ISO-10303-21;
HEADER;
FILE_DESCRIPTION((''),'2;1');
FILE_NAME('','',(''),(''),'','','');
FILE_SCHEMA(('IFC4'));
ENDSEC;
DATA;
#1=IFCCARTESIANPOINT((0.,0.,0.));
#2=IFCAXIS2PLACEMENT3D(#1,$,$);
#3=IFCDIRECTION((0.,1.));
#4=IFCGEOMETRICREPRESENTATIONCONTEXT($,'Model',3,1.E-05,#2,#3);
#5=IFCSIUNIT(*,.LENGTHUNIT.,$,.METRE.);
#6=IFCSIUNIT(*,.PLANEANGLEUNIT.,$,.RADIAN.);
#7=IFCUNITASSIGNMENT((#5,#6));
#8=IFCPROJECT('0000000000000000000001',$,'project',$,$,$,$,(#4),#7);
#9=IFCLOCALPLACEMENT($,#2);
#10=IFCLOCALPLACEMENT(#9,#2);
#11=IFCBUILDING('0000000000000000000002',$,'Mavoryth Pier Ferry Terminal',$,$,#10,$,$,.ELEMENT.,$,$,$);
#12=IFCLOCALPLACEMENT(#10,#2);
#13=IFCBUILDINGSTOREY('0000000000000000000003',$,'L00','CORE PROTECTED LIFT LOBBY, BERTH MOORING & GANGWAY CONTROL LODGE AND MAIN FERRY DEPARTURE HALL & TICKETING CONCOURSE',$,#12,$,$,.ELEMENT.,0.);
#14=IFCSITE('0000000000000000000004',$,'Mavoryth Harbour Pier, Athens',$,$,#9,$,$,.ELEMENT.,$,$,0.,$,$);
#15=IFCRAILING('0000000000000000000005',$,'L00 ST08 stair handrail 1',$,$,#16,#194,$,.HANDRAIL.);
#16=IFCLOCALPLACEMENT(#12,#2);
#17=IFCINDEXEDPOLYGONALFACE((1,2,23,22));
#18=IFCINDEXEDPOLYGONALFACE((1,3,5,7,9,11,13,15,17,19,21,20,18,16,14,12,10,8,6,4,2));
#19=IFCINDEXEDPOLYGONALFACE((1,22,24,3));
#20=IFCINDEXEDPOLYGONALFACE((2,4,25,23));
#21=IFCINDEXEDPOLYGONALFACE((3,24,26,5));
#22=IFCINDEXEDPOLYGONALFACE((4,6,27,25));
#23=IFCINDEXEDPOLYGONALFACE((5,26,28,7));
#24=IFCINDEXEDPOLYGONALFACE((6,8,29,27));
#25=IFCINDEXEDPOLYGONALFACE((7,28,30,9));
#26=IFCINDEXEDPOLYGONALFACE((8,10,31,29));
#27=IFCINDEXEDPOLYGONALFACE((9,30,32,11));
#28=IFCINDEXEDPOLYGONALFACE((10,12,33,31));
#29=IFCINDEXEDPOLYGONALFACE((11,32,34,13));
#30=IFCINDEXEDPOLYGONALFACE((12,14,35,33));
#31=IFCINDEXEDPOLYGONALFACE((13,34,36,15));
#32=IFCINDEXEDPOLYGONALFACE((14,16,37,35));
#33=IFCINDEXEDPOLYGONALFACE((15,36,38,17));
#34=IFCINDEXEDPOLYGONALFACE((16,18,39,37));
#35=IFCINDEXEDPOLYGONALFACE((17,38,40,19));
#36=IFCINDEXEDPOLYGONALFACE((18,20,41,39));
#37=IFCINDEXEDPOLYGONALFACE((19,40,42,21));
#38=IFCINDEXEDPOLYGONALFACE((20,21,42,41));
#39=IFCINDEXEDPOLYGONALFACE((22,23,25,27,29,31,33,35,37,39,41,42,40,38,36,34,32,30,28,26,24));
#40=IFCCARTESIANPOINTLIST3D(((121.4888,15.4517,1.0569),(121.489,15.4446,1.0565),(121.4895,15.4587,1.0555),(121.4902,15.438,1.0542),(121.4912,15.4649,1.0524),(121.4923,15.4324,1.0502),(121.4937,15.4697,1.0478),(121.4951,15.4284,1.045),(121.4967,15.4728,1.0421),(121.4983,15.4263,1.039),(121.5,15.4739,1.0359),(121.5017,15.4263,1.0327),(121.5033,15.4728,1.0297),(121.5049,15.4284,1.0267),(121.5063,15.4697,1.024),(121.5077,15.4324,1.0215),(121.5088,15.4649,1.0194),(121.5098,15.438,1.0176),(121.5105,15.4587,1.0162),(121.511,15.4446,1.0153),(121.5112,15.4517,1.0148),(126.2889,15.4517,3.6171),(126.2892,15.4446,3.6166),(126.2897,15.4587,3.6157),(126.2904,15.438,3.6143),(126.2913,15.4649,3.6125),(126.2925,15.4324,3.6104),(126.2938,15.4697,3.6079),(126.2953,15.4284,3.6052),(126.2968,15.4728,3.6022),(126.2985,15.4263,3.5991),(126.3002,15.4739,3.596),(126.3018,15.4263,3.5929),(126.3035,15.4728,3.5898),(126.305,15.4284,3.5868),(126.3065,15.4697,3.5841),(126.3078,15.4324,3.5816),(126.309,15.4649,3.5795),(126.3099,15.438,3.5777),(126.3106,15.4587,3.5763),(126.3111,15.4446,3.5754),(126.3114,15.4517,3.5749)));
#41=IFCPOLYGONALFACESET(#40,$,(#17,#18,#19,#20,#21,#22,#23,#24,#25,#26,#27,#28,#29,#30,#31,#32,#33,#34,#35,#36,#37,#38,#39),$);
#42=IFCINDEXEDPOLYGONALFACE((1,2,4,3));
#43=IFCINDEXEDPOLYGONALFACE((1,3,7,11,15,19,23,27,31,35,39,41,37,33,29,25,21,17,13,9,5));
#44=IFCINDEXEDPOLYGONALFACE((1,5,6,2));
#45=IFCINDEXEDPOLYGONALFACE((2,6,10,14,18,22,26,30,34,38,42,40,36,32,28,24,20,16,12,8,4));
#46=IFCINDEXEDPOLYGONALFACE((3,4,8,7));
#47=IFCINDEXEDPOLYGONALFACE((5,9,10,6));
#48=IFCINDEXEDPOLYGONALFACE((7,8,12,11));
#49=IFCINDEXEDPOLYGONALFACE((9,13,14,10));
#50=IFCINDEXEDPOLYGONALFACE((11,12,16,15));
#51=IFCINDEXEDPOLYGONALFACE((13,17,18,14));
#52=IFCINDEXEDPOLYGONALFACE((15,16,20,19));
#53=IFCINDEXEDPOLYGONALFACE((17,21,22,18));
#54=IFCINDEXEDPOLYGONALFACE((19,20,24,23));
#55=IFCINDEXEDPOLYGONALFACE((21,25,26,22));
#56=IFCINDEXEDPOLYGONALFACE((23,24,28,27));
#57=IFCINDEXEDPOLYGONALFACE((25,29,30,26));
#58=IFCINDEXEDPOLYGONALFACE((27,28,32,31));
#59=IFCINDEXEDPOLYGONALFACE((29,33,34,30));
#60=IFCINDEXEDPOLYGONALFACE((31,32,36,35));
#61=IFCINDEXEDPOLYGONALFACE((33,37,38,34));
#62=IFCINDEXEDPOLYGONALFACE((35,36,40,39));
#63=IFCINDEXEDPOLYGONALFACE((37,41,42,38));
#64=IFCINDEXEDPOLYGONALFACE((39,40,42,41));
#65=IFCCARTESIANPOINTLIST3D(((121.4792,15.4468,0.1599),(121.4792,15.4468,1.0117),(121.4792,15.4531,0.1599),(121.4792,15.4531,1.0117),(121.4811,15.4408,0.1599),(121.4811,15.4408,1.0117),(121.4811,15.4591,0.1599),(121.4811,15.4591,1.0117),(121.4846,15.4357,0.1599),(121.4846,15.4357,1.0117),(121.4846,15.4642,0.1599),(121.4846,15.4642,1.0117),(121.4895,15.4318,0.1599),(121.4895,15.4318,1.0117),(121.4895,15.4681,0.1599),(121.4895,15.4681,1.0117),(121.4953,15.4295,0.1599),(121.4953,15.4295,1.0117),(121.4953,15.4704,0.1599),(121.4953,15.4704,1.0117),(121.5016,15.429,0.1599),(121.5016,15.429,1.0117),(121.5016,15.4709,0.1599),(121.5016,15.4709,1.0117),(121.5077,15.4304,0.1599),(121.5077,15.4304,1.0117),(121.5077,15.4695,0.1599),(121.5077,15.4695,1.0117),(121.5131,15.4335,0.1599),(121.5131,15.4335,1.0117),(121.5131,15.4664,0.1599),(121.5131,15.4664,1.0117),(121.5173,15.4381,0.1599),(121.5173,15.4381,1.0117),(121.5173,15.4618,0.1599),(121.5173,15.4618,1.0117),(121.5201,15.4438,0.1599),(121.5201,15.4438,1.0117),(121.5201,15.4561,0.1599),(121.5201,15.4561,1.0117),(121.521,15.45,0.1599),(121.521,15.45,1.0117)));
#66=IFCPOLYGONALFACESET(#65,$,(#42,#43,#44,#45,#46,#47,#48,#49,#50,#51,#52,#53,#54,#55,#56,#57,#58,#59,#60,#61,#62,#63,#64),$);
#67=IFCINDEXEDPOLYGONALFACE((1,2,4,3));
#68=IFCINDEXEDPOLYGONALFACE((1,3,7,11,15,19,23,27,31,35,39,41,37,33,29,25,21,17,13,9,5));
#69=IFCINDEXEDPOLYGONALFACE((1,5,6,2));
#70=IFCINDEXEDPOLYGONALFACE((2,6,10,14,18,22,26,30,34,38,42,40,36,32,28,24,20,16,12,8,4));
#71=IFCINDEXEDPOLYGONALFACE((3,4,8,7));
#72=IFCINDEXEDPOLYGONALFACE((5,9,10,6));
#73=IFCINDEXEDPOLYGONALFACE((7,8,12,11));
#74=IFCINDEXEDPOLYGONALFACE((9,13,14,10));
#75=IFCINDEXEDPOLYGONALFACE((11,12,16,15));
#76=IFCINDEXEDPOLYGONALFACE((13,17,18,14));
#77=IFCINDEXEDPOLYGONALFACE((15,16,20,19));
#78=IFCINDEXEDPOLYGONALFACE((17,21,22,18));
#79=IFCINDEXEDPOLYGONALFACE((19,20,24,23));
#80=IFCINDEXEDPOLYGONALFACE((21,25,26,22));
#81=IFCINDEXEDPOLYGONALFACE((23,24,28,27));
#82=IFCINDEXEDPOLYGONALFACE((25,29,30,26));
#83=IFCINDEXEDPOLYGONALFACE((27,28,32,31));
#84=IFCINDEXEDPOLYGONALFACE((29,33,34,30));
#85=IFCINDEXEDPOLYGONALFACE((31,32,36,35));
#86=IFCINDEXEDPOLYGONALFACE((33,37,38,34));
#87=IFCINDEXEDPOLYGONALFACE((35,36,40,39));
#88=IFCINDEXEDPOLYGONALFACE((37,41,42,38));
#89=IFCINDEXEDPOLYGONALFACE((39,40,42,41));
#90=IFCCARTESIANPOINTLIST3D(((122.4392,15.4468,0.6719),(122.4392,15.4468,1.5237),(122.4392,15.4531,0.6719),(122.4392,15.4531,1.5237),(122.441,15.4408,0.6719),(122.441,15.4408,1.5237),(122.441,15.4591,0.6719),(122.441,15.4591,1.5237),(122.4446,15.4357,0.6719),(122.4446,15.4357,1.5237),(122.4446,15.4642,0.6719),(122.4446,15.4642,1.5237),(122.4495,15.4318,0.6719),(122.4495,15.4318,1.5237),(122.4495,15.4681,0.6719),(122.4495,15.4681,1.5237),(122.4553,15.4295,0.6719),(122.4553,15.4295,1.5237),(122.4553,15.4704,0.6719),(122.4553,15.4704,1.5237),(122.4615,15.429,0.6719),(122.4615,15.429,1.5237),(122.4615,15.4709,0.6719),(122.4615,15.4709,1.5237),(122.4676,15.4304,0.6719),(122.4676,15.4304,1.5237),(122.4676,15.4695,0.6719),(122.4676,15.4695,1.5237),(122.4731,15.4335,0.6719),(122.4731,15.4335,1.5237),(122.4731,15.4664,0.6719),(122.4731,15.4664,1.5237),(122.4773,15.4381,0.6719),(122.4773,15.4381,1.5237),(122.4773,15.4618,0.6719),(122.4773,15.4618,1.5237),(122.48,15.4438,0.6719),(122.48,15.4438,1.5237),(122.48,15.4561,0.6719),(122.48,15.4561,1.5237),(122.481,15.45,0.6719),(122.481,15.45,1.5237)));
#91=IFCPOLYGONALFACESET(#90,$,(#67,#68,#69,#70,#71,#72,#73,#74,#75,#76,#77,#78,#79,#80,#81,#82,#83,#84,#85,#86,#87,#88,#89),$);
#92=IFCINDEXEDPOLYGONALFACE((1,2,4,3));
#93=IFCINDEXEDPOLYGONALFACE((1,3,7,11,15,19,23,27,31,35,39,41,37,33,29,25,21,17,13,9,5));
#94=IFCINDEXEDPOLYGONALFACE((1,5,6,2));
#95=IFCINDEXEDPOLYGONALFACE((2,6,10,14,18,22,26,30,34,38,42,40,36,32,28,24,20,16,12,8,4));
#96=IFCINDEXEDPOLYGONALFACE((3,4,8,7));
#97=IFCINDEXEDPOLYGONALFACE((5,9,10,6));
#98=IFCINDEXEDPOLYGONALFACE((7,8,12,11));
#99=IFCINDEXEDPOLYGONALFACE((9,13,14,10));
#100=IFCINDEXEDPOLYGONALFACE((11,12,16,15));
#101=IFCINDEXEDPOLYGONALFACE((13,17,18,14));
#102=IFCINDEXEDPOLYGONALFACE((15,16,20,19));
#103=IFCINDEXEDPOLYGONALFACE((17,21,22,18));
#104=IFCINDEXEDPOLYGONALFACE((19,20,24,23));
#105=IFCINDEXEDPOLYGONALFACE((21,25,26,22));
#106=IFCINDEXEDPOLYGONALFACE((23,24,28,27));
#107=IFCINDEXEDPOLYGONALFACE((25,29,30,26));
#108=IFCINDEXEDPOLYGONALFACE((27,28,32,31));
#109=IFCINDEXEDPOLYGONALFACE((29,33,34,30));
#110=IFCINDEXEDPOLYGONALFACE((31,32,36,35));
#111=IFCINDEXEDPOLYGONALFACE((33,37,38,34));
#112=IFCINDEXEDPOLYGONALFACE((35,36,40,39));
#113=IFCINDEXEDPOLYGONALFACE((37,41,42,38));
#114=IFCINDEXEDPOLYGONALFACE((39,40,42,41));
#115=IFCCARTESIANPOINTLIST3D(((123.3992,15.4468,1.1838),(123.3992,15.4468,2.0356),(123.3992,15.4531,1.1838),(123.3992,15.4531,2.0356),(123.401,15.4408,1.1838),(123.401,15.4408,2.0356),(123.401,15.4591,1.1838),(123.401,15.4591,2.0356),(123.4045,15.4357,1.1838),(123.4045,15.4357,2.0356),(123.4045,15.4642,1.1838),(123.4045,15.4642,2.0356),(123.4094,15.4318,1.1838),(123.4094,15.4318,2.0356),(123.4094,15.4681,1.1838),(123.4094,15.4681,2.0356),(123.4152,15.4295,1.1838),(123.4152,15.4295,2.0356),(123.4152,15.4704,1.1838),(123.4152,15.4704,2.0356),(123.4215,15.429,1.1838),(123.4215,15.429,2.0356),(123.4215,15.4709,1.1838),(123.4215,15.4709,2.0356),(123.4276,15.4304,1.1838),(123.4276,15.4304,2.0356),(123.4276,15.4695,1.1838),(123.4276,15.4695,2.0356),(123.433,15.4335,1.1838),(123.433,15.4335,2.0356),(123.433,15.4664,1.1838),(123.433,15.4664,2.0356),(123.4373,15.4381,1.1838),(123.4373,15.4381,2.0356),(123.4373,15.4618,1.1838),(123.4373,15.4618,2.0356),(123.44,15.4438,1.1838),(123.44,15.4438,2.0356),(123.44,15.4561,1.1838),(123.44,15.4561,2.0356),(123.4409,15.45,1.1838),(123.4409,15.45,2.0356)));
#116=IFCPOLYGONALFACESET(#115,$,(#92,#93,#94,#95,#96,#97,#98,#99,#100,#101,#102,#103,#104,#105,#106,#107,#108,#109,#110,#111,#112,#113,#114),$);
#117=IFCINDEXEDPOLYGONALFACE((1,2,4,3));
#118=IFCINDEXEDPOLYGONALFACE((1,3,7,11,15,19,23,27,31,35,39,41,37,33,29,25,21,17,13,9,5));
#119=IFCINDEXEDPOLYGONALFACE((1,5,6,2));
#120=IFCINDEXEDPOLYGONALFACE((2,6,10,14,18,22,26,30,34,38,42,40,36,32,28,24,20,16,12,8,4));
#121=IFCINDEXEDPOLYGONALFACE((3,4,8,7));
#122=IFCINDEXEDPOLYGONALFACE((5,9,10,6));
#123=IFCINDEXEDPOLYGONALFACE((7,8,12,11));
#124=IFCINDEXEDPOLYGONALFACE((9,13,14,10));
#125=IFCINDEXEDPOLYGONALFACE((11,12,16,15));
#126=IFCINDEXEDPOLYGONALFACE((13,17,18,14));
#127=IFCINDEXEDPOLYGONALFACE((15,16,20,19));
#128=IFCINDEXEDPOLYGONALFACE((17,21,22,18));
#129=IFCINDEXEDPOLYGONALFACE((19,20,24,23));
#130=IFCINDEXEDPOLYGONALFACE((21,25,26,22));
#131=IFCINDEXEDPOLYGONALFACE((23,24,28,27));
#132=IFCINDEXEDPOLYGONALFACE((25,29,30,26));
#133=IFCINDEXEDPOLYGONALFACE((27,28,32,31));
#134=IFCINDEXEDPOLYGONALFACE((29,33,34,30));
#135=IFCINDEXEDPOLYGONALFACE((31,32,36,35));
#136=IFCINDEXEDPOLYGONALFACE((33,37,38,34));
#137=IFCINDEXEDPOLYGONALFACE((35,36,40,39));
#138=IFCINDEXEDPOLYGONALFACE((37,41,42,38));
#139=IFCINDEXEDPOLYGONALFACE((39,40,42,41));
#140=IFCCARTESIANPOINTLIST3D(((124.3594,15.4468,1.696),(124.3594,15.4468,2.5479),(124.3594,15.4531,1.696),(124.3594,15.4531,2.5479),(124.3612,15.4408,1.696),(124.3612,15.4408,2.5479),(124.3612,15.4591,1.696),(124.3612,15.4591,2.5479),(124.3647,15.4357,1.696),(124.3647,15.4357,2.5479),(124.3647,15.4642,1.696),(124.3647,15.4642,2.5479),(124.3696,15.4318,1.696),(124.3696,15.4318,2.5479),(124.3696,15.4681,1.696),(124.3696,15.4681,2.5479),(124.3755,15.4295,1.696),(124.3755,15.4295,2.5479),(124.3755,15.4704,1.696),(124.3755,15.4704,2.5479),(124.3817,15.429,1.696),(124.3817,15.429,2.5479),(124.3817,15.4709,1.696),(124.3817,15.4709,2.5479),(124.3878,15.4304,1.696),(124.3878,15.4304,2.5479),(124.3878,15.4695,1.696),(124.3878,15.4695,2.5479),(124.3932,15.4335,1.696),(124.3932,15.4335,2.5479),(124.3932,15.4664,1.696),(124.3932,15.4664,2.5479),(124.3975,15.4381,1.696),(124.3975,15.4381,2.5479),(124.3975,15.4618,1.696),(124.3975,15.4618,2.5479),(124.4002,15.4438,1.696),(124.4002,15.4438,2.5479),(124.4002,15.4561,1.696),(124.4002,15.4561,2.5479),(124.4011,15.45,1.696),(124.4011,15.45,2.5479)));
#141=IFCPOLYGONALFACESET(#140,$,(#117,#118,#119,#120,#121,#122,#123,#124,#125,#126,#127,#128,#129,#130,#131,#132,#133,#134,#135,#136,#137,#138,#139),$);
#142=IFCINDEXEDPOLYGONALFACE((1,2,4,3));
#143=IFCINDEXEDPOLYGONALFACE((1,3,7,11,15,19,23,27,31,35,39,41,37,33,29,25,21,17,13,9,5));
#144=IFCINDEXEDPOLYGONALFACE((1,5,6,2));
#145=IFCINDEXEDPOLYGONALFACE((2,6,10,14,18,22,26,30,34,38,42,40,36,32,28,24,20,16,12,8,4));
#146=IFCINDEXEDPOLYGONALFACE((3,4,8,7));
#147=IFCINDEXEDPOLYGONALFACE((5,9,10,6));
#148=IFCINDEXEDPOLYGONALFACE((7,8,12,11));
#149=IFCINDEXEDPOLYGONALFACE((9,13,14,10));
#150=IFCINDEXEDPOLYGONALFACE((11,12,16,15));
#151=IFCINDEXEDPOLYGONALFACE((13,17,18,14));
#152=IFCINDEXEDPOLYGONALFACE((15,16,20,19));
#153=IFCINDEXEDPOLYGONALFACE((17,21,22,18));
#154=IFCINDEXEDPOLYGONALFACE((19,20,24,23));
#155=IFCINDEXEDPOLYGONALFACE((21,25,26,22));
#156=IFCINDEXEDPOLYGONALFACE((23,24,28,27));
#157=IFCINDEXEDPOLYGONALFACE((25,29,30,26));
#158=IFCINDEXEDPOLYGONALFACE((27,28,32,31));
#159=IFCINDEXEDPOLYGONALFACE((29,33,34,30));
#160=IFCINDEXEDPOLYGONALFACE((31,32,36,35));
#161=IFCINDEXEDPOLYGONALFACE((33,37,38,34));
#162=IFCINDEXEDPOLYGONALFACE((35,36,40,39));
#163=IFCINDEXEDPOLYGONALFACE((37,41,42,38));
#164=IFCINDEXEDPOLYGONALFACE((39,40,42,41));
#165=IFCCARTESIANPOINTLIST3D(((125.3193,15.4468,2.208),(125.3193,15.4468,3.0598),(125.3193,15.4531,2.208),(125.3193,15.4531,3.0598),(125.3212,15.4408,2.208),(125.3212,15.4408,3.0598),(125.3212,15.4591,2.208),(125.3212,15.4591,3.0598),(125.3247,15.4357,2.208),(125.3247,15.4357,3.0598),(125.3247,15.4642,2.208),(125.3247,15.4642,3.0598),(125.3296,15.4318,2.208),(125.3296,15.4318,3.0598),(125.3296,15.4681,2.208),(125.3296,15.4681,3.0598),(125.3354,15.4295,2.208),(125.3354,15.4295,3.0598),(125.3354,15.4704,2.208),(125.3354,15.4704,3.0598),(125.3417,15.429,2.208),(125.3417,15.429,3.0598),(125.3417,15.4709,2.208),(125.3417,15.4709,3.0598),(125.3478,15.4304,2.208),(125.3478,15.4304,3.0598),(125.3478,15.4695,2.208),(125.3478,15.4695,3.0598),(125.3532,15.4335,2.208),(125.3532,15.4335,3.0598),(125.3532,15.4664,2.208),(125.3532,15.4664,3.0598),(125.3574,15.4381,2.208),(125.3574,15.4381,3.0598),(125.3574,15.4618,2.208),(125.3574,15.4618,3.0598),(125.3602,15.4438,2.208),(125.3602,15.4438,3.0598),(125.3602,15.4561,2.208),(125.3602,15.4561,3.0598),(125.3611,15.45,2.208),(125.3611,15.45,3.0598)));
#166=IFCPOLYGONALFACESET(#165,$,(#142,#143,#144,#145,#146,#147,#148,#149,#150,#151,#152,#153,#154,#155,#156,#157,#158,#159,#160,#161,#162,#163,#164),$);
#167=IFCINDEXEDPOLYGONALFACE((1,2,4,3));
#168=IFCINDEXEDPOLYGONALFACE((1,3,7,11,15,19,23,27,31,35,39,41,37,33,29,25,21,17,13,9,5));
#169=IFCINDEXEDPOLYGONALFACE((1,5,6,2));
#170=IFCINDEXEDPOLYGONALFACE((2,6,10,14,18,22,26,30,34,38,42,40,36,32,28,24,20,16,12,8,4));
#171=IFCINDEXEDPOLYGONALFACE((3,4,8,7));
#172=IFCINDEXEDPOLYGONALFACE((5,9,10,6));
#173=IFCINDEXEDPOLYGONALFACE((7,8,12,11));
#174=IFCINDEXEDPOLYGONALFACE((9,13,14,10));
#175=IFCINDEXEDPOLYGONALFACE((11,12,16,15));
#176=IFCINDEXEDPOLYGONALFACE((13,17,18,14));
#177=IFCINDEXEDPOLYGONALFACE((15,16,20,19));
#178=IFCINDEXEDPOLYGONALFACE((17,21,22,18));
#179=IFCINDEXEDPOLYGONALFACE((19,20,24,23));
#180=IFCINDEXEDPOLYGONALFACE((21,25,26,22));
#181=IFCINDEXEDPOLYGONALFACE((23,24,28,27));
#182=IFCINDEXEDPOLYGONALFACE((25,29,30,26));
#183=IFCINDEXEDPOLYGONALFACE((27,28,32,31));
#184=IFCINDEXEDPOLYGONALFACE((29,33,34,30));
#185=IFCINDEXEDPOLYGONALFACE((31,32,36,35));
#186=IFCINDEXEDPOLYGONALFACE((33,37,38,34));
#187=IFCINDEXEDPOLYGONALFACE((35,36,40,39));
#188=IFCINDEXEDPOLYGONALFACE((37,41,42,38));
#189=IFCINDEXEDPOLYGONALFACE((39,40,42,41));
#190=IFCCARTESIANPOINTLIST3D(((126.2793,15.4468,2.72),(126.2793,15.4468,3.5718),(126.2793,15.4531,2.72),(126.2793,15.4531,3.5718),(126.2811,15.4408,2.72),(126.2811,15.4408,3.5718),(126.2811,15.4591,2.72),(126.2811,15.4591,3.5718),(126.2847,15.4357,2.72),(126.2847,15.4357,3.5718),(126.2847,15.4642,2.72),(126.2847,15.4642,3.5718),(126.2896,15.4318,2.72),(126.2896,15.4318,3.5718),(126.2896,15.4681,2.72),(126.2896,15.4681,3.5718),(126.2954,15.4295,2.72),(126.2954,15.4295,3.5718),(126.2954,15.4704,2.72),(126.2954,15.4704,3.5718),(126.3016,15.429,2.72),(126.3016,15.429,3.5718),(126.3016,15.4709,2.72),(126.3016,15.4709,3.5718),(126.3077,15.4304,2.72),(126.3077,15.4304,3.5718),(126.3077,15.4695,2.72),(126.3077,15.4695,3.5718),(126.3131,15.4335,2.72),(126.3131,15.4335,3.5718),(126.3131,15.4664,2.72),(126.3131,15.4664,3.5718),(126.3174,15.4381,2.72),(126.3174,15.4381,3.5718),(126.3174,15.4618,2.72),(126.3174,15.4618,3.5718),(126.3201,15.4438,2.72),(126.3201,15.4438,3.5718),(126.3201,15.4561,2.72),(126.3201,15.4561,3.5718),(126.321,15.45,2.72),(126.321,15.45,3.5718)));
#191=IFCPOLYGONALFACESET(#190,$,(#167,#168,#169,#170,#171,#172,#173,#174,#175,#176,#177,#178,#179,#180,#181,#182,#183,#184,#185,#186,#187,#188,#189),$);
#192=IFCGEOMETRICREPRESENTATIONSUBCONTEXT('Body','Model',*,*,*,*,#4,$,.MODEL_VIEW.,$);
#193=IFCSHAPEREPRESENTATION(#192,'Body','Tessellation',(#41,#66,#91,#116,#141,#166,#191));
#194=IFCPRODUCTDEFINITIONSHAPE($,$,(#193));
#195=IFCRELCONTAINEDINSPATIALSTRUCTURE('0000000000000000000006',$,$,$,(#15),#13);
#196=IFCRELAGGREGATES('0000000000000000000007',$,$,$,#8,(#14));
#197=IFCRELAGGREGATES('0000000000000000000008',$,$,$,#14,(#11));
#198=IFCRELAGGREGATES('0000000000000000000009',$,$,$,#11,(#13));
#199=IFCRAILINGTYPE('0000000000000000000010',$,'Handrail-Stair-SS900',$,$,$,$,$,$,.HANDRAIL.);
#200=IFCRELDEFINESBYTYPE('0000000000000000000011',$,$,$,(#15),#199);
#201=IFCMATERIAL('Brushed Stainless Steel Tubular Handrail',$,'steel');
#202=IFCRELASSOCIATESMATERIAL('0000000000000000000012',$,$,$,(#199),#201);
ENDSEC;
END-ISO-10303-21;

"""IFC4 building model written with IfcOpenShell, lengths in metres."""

from ifc_helpers import new_model, si_unit, direction, frame, origin, origin_2d, place, context, subcontext, project, spatial, circle, extrude, material, type_object, element, save


model = new_model("IFC4")

# Units and contexts
model_context = context("Model", 3, precision=1e-05, world=origin(), true_north=direction((0.0, 1.0)))
body_context = subcontext(model_context, "Body", "Model", "MODEL_VIEW")
ifc_project = project(units=[si_unit("LENGTHUNIT", "METRE"), si_unit("PLANEANGLEUNIT", "RADIAN")], contexts=[model_context])

# Site, building, storey
site_placement = place(None, origin())
site = spatial("IfcSite", under=ifc_project, at=site_placement, Name="Mavoryth Harbour Pier, Athens", CompositionType="ELEMENT", RefElevation=0.0)
building_placement = place(site_placement, origin())
building = spatial("IfcBuilding", under=site, at=building_placement, Name="Mavoryth Pier Ferry Terminal", CompositionType="ELEMENT")
storey_placement = place(building_placement, origin())
storey = spatial("IfcBuildingStorey", under=building, at=storey_placement, Name="L00", Description="CORE PROTECTED LIFT LOBBY, BERTH MOORING & GANGWAY CONTROL LODGE AND MAIN FERRY DEPARTURE HALL & TICKETING CONCOURSE", CompositionType="ELEMENT", Elevation=0.0)

# Railing
ifc_material_1 = material(Name="Brushed Stainless Steel Tubular Handrail", Category="steel")
railing_type_1 = type_object("IfcRailingType", Name="Handrail-Stair-SS900", PredefinedType="HANDRAIL", material=ifc_material_1)
railing_1_placement = place(storey_placement, frame((121.5, 15.45, 0.1599)))
element("IfcRailing", 1, at=railing_1_placement, inside=storey, type_object=railing_type_1, Name="L00 ST08 stair handrail 1", PredefinedType="HANDRAIL", context=body_context, shape_type="SweptSolid", body=[
    extrude(circle(Radius=0.0239, at=origin_2d()), frame((0.0, 0.0, 0.876), z_axis=(0.88235, 0.0, 0.470593), x_axis=(0.0, 1.0, 0.0)), (0.0, 0.0, 1.0), 5.4402),
    extrude(circle(Radius=0.021, at=origin_2d()), origin(), (0.0, 0.0, 1.0), 0.8518),
    extrude(circle(Radius=0.021, at=origin_2d()), frame((0.96, 0.0, 0.512)), (0.0, 0.0, 1.0), 0.8518),
    extrude(circle(Radius=0.021, at=origin_2d()), frame((1.9199, 0.0, 1.0239)), (0.0, 0.0, 1.0), 0.8518),
    extrude(circle(Radius=0.021, at=origin_2d()), frame((2.8801, 0.0, 1.5361)), (0.0, 0.0, 1.0), 0.8518),
    extrude(circle(Radius=0.021, at=origin_2d()), frame((3.8401, 0.0, 2.0481)), (0.0, 0.0, 1.0), 0.8518),
    extrude(circle(Radius=0.021, at=origin_2d()), frame((4.8, 0.0, 2.5601)), (0.0, 0.0, 1.0), 0.8518),
])

save(model, "model.ifc")
